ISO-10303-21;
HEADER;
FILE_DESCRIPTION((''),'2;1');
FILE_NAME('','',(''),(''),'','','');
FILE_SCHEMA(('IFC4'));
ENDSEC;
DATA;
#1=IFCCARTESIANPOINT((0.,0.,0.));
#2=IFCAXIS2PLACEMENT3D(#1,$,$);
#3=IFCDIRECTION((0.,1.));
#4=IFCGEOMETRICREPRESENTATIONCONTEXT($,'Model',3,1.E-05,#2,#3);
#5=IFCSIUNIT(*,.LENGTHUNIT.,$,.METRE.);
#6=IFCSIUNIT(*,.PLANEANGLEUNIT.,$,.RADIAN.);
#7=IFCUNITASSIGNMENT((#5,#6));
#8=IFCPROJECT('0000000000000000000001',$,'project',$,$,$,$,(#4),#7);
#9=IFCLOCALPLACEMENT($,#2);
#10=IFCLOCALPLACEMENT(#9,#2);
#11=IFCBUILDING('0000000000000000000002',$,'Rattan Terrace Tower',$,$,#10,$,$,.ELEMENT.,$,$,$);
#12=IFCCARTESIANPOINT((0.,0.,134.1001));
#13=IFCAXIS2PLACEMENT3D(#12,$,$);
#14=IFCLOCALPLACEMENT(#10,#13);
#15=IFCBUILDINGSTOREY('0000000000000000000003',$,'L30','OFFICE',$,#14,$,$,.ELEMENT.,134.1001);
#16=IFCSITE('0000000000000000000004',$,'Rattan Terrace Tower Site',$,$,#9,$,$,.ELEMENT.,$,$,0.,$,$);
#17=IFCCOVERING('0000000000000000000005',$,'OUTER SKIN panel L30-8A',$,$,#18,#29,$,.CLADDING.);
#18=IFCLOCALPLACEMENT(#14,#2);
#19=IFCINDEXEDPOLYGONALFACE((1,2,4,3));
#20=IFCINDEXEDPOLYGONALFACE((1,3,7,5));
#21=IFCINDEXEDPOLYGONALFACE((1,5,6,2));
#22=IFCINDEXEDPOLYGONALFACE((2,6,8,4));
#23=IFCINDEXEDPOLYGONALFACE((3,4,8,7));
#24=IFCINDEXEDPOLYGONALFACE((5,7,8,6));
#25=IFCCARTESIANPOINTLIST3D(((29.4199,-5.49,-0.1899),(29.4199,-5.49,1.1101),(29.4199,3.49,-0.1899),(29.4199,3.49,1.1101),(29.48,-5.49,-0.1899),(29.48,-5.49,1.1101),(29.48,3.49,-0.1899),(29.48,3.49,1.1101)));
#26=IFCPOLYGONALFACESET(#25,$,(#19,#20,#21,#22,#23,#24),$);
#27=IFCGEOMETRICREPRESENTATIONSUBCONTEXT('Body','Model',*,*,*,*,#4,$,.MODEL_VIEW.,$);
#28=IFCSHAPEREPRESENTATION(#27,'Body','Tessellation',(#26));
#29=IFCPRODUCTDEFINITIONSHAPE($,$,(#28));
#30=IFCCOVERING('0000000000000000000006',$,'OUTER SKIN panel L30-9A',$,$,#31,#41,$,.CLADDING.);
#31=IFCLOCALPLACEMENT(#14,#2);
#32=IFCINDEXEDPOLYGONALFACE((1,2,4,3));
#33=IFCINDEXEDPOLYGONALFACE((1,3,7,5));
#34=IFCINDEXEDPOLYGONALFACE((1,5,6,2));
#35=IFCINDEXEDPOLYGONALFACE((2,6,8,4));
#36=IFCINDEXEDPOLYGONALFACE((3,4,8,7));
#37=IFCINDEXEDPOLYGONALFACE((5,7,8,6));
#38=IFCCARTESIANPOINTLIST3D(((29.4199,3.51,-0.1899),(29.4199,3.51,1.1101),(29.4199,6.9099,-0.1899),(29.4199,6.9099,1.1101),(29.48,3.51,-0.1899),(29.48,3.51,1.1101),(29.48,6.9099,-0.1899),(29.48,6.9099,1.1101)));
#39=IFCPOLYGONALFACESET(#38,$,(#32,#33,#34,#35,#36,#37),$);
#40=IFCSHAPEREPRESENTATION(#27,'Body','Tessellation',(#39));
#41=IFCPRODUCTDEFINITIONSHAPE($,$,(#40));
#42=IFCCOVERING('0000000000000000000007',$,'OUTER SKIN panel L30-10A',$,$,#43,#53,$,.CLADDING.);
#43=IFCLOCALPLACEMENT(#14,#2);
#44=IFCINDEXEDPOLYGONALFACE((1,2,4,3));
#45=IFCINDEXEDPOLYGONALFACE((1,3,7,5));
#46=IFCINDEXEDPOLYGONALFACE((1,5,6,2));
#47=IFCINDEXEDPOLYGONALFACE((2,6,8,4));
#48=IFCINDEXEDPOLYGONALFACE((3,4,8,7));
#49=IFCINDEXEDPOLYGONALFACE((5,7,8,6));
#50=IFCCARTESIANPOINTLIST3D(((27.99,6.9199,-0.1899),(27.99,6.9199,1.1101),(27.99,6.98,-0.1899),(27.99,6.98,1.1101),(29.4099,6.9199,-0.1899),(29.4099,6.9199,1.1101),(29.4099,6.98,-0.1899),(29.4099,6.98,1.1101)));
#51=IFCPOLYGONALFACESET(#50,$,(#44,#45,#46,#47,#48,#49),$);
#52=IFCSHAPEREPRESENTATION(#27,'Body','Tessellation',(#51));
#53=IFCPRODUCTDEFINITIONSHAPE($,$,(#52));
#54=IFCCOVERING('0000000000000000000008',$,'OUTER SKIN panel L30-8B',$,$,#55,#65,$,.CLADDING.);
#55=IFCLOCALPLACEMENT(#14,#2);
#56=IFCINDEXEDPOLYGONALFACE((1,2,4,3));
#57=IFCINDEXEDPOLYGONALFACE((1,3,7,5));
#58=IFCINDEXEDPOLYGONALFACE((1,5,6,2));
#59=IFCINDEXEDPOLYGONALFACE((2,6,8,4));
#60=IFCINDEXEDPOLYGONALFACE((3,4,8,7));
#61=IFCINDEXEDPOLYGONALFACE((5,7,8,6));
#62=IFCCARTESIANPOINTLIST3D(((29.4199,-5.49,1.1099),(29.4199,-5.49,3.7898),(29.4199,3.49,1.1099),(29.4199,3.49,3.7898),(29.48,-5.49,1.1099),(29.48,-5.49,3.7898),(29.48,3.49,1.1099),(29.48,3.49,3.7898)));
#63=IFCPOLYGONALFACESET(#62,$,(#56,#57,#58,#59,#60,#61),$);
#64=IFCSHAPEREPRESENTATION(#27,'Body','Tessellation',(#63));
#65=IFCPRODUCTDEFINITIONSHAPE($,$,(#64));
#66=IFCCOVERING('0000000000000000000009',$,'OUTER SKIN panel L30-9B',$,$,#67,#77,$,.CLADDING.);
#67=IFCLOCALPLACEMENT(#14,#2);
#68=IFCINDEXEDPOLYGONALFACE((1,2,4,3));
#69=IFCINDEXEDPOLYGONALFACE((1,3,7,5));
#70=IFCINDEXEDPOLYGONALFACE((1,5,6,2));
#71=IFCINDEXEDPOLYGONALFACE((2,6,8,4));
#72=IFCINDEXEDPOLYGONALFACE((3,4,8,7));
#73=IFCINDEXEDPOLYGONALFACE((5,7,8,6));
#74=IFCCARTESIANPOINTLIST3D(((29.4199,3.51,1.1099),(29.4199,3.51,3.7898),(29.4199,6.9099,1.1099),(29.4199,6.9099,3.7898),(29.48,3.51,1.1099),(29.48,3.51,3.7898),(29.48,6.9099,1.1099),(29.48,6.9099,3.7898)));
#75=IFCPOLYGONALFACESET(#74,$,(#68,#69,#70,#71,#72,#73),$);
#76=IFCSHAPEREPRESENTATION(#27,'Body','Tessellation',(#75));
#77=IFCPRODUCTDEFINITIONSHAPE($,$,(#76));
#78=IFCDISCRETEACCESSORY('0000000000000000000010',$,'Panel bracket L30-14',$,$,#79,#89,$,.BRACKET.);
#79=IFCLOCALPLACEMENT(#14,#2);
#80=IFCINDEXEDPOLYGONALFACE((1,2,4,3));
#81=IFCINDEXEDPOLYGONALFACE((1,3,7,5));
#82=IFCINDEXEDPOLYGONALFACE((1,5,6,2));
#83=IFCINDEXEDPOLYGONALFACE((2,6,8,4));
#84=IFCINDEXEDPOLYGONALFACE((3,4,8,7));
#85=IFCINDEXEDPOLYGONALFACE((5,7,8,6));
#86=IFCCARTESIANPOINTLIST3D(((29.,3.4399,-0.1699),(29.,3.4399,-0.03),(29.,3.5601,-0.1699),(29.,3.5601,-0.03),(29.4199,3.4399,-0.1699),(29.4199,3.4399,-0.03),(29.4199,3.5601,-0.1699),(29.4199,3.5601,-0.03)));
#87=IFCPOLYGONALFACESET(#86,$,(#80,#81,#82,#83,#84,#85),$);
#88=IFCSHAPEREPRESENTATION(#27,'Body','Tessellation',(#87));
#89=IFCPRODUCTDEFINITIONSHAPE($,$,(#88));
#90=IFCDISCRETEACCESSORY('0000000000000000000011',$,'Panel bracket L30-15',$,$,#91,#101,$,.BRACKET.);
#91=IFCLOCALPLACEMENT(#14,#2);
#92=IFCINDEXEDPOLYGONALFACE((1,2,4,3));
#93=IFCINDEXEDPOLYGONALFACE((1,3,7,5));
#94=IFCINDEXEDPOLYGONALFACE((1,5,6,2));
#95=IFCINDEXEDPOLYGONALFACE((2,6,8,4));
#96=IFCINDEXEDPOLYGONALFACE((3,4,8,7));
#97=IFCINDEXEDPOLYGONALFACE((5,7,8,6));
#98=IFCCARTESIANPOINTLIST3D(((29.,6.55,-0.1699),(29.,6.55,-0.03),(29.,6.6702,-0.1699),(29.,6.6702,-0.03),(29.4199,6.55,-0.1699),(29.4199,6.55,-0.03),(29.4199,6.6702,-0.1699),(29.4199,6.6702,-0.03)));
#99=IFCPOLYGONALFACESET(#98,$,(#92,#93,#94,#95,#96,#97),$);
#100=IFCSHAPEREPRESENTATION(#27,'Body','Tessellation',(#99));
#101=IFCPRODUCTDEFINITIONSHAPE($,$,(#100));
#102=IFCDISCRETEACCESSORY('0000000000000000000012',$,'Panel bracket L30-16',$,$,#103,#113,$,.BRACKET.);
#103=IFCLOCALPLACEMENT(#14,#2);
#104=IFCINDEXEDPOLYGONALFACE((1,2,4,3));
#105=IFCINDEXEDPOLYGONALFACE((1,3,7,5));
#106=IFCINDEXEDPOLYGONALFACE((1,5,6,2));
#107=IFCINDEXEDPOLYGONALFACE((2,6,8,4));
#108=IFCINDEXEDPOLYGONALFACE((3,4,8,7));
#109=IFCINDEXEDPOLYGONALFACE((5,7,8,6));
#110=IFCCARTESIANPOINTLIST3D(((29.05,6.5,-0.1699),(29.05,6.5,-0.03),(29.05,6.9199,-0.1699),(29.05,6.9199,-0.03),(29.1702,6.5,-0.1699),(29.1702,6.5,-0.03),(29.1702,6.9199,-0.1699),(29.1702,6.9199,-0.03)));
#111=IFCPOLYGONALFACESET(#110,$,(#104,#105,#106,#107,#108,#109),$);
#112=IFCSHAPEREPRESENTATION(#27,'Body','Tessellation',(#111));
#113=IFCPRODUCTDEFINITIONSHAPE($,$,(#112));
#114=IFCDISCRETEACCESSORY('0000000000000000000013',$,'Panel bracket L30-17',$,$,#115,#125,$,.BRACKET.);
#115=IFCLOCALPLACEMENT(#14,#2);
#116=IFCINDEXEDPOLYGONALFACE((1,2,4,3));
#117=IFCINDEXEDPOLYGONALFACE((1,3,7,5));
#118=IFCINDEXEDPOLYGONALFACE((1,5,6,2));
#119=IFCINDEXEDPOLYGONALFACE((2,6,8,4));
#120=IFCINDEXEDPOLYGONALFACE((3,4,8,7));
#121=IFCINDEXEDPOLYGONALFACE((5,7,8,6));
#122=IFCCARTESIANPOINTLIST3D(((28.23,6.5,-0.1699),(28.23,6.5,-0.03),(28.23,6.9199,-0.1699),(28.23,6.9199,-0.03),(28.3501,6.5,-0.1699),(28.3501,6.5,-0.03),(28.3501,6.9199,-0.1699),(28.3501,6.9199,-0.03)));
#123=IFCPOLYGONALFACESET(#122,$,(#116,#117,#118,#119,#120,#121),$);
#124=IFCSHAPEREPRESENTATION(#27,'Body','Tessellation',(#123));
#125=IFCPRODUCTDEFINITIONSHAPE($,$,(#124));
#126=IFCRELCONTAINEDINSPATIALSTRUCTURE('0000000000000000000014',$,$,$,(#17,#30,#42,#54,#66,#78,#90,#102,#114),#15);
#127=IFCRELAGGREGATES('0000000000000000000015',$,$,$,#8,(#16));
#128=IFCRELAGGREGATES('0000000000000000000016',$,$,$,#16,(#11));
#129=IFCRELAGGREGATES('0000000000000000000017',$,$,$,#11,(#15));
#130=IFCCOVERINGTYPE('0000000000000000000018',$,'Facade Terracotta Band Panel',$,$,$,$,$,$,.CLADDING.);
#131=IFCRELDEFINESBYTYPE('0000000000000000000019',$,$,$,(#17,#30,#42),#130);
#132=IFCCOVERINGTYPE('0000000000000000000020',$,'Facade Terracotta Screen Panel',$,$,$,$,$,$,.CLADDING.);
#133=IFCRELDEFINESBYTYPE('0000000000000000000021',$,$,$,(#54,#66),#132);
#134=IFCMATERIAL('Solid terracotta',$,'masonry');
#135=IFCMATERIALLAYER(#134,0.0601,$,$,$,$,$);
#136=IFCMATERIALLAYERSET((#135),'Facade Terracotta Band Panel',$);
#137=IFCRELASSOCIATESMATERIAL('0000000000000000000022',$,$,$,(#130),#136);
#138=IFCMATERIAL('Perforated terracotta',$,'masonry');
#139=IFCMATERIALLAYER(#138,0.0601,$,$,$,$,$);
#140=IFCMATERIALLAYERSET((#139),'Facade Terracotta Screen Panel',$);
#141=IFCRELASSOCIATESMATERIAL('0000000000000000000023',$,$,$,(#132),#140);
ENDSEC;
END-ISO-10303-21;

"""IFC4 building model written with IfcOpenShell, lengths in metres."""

from ifc_helpers import new_model, si_unit, direction, frame, origin, origin_2d, place, context, subcontext, project, spatial, rectangle, extrude, material, layer, layer_set, type_object, element, save


model = new_model("IFC4")

# Units and contexts
model_context = context("Model", 3, precision=1e-05, world=origin(), true_north=direction((0.0, 1.0)))
body_context = subcontext(model_context, "Body", "Model", "MODEL_VIEW")
ifc_project = project(units=[si_unit("LENGTHUNIT", "METRE"), si_unit("PLANEANGLEUNIT", "RADIAN")], contexts=[model_context])

# Site, building, storey
site_placement = place(None, origin())
site = spatial("IfcSite", under=ifc_project, at=site_placement, Name="Rattan Terrace Tower Site", CompositionType="ELEMENT", RefElevation=0.0)
building_placement = place(site_placement, origin())
building = spatial("IfcBuilding", under=site, at=building_placement, Name="Rattan Terrace Tower", CompositionType="ELEMENT")
storey_placement = place(building_placement, frame((0.0, 0.0, 134.1001)))
storey = spatial("IfcBuildingStorey", under=building, at=storey_placement, Name="L30", Description="OFFICE", CompositionType="ELEMENT", Elevation=134.1001)

# Coverings
ifc_material_1 = material(Name="Solid terracotta", Category="masonry")
ifc_layer_1 = layer(ifc_material_1, 0.0601)
ifc_layer_set_1 = layer_set([ifc_layer_1], Name="Facade Terracotta Band Panel")
covering_type_1 = type_object("IfcCoveringType", Name="Facade Terracotta Band Panel", PredefinedType="CLADDING", material=ifc_layer_set_1)
covering_1_placement = place(storey_placement, frame((29.45, -1.0, -0.1899), z_axis=(0.0, 0.0, 1.0), x_axis=(0.0, 1.0, 0.0)))
element("IfcCovering", 1, at=covering_1_placement, inside=storey, type_object=covering_type_1, Name="OUTER SKIN panel L30-8A", PredefinedType="CLADDING", context=body_context, shape_type="SweptSolid", body=[
    extrude(rectangle(XDim=8.98, YDim=0.0601, at=origin_2d()), origin(), (0.0, 0.0, 1.0), 1.3),
])
covering_2_placement = place(storey_placement, frame((29.45, 5.21, -0.1899), z_axis=(0.0, 0.0, 1.0), x_axis=(0.0, 1.0, 0.0)))
element("IfcCovering", 2, at=covering_2_placement, inside=storey, type_object=covering_type_1, Name="OUTER SKIN panel L30-9A", PredefinedType="CLADDING", context=body_context, shape_type="SweptSolid", body=[
    extrude(rectangle(XDim=3.3999, YDim=0.0601, at=origin_2d()), origin(), (0.0, 0.0, 1.0), 1.3),
])
covering_3_placement = place(storey_placement, frame((28.7, 6.95, -0.1899), z_axis=(0.0, 0.0, 1.0), x_axis=(-1.0, 0.0, 0.0)))
element("IfcCovering", 3, at=covering_3_placement, inside=storey, type_object=covering_type_1, Name="OUTER SKIN panel L30-10A", PredefinedType="CLADDING", context=body_context, shape_type="SweptSolid", body=[
    extrude(rectangle(XDim=1.4199, YDim=0.0601, at=origin_2d()), origin(), (0.0, 0.0, 1.0), 1.3),
])
ifc_material_2 = material(Name="Perforated terracotta", Category="masonry")
ifc_layer_2 = layer(ifc_material_2, 0.0601)
ifc_layer_set_2 = layer_set([ifc_layer_2], Name="Facade Terracotta Screen Panel")
covering_type_2 = type_object("IfcCoveringType", Name="Facade Terracotta Screen Panel", PredefinedType="CLADDING", material=ifc_layer_set_2)
covering_4_placement = place(storey_placement, frame((29.45, -1.0, 1.1099), z_axis=(0.0, 0.0, 1.0), x_axis=(0.0, 1.0, 0.0)))
element("IfcCovering", 4, at=covering_4_placement, inside=storey, type_object=covering_type_2, Name="OUTER SKIN panel L30-8B", PredefinedType="CLADDING", context=body_context, shape_type="SweptSolid", body=[
    extrude(rectangle(XDim=8.98, YDim=0.0601, at=origin_2d()), origin(), (0.0, 0.0, 1.0), 2.6799),
])
covering_5_placement = place(storey_placement, frame((29.45, 5.21, 1.1099), z_axis=(0.0, 0.0, 1.0), x_axis=(0.0, 1.0, 0.0)))
element("IfcCovering", 5, at=covering_5_placement, inside=storey, type_object=covering_type_2, Name="OUTER SKIN panel L30-9B", PredefinedType="CLADDING", context=body_context, shape_type="SweptSolid", body=[
    extrude(rectangle(XDim=3.3999, YDim=0.0601, at=origin_2d()), origin(), (0.0, 0.0, 1.0), 2.6799),
])

# Discrete accessories
for number, where, z_axis, x_axis, name in (
    (6, (29.21, 3.5, -0.1699), (0.0, 0.0, 1.0), (0.0, 1.0, 0.0), "Panel bracket L30-14"),
    (7, (29.21, 6.6101, -0.1699), (0.0, 0.0, 1.0), (0.0, 1.0, 0.0), "Panel bracket L30-15"),
    (8, (29.1101, 6.71, -0.1699), (0.0, 0.0, 1.0), (-1.0, 0.0, 0.0), "Panel bracket L30-16"),
    (9, (28.29, 6.71, -0.1699), (0.0, 0.0, 1.0), (-1.0, 0.0, 0.0), "Panel bracket L30-17"),
):
    element("IfcDiscreteAccessory", number, at=place(storey_placement, frame(where, z_axis=z_axis, x_axis=x_axis)), inside=storey, Name=name, PredefinedType="BRACKET", context=body_context, shape_type="SweptSolid", body=[
        extrude(rectangle(XDim=0.1201, YDim=0.4199, at=origin_2d()), origin(), (0.0, 0.0, 1.0), 0.1399),
    ])

save(model, "model.ifc")
